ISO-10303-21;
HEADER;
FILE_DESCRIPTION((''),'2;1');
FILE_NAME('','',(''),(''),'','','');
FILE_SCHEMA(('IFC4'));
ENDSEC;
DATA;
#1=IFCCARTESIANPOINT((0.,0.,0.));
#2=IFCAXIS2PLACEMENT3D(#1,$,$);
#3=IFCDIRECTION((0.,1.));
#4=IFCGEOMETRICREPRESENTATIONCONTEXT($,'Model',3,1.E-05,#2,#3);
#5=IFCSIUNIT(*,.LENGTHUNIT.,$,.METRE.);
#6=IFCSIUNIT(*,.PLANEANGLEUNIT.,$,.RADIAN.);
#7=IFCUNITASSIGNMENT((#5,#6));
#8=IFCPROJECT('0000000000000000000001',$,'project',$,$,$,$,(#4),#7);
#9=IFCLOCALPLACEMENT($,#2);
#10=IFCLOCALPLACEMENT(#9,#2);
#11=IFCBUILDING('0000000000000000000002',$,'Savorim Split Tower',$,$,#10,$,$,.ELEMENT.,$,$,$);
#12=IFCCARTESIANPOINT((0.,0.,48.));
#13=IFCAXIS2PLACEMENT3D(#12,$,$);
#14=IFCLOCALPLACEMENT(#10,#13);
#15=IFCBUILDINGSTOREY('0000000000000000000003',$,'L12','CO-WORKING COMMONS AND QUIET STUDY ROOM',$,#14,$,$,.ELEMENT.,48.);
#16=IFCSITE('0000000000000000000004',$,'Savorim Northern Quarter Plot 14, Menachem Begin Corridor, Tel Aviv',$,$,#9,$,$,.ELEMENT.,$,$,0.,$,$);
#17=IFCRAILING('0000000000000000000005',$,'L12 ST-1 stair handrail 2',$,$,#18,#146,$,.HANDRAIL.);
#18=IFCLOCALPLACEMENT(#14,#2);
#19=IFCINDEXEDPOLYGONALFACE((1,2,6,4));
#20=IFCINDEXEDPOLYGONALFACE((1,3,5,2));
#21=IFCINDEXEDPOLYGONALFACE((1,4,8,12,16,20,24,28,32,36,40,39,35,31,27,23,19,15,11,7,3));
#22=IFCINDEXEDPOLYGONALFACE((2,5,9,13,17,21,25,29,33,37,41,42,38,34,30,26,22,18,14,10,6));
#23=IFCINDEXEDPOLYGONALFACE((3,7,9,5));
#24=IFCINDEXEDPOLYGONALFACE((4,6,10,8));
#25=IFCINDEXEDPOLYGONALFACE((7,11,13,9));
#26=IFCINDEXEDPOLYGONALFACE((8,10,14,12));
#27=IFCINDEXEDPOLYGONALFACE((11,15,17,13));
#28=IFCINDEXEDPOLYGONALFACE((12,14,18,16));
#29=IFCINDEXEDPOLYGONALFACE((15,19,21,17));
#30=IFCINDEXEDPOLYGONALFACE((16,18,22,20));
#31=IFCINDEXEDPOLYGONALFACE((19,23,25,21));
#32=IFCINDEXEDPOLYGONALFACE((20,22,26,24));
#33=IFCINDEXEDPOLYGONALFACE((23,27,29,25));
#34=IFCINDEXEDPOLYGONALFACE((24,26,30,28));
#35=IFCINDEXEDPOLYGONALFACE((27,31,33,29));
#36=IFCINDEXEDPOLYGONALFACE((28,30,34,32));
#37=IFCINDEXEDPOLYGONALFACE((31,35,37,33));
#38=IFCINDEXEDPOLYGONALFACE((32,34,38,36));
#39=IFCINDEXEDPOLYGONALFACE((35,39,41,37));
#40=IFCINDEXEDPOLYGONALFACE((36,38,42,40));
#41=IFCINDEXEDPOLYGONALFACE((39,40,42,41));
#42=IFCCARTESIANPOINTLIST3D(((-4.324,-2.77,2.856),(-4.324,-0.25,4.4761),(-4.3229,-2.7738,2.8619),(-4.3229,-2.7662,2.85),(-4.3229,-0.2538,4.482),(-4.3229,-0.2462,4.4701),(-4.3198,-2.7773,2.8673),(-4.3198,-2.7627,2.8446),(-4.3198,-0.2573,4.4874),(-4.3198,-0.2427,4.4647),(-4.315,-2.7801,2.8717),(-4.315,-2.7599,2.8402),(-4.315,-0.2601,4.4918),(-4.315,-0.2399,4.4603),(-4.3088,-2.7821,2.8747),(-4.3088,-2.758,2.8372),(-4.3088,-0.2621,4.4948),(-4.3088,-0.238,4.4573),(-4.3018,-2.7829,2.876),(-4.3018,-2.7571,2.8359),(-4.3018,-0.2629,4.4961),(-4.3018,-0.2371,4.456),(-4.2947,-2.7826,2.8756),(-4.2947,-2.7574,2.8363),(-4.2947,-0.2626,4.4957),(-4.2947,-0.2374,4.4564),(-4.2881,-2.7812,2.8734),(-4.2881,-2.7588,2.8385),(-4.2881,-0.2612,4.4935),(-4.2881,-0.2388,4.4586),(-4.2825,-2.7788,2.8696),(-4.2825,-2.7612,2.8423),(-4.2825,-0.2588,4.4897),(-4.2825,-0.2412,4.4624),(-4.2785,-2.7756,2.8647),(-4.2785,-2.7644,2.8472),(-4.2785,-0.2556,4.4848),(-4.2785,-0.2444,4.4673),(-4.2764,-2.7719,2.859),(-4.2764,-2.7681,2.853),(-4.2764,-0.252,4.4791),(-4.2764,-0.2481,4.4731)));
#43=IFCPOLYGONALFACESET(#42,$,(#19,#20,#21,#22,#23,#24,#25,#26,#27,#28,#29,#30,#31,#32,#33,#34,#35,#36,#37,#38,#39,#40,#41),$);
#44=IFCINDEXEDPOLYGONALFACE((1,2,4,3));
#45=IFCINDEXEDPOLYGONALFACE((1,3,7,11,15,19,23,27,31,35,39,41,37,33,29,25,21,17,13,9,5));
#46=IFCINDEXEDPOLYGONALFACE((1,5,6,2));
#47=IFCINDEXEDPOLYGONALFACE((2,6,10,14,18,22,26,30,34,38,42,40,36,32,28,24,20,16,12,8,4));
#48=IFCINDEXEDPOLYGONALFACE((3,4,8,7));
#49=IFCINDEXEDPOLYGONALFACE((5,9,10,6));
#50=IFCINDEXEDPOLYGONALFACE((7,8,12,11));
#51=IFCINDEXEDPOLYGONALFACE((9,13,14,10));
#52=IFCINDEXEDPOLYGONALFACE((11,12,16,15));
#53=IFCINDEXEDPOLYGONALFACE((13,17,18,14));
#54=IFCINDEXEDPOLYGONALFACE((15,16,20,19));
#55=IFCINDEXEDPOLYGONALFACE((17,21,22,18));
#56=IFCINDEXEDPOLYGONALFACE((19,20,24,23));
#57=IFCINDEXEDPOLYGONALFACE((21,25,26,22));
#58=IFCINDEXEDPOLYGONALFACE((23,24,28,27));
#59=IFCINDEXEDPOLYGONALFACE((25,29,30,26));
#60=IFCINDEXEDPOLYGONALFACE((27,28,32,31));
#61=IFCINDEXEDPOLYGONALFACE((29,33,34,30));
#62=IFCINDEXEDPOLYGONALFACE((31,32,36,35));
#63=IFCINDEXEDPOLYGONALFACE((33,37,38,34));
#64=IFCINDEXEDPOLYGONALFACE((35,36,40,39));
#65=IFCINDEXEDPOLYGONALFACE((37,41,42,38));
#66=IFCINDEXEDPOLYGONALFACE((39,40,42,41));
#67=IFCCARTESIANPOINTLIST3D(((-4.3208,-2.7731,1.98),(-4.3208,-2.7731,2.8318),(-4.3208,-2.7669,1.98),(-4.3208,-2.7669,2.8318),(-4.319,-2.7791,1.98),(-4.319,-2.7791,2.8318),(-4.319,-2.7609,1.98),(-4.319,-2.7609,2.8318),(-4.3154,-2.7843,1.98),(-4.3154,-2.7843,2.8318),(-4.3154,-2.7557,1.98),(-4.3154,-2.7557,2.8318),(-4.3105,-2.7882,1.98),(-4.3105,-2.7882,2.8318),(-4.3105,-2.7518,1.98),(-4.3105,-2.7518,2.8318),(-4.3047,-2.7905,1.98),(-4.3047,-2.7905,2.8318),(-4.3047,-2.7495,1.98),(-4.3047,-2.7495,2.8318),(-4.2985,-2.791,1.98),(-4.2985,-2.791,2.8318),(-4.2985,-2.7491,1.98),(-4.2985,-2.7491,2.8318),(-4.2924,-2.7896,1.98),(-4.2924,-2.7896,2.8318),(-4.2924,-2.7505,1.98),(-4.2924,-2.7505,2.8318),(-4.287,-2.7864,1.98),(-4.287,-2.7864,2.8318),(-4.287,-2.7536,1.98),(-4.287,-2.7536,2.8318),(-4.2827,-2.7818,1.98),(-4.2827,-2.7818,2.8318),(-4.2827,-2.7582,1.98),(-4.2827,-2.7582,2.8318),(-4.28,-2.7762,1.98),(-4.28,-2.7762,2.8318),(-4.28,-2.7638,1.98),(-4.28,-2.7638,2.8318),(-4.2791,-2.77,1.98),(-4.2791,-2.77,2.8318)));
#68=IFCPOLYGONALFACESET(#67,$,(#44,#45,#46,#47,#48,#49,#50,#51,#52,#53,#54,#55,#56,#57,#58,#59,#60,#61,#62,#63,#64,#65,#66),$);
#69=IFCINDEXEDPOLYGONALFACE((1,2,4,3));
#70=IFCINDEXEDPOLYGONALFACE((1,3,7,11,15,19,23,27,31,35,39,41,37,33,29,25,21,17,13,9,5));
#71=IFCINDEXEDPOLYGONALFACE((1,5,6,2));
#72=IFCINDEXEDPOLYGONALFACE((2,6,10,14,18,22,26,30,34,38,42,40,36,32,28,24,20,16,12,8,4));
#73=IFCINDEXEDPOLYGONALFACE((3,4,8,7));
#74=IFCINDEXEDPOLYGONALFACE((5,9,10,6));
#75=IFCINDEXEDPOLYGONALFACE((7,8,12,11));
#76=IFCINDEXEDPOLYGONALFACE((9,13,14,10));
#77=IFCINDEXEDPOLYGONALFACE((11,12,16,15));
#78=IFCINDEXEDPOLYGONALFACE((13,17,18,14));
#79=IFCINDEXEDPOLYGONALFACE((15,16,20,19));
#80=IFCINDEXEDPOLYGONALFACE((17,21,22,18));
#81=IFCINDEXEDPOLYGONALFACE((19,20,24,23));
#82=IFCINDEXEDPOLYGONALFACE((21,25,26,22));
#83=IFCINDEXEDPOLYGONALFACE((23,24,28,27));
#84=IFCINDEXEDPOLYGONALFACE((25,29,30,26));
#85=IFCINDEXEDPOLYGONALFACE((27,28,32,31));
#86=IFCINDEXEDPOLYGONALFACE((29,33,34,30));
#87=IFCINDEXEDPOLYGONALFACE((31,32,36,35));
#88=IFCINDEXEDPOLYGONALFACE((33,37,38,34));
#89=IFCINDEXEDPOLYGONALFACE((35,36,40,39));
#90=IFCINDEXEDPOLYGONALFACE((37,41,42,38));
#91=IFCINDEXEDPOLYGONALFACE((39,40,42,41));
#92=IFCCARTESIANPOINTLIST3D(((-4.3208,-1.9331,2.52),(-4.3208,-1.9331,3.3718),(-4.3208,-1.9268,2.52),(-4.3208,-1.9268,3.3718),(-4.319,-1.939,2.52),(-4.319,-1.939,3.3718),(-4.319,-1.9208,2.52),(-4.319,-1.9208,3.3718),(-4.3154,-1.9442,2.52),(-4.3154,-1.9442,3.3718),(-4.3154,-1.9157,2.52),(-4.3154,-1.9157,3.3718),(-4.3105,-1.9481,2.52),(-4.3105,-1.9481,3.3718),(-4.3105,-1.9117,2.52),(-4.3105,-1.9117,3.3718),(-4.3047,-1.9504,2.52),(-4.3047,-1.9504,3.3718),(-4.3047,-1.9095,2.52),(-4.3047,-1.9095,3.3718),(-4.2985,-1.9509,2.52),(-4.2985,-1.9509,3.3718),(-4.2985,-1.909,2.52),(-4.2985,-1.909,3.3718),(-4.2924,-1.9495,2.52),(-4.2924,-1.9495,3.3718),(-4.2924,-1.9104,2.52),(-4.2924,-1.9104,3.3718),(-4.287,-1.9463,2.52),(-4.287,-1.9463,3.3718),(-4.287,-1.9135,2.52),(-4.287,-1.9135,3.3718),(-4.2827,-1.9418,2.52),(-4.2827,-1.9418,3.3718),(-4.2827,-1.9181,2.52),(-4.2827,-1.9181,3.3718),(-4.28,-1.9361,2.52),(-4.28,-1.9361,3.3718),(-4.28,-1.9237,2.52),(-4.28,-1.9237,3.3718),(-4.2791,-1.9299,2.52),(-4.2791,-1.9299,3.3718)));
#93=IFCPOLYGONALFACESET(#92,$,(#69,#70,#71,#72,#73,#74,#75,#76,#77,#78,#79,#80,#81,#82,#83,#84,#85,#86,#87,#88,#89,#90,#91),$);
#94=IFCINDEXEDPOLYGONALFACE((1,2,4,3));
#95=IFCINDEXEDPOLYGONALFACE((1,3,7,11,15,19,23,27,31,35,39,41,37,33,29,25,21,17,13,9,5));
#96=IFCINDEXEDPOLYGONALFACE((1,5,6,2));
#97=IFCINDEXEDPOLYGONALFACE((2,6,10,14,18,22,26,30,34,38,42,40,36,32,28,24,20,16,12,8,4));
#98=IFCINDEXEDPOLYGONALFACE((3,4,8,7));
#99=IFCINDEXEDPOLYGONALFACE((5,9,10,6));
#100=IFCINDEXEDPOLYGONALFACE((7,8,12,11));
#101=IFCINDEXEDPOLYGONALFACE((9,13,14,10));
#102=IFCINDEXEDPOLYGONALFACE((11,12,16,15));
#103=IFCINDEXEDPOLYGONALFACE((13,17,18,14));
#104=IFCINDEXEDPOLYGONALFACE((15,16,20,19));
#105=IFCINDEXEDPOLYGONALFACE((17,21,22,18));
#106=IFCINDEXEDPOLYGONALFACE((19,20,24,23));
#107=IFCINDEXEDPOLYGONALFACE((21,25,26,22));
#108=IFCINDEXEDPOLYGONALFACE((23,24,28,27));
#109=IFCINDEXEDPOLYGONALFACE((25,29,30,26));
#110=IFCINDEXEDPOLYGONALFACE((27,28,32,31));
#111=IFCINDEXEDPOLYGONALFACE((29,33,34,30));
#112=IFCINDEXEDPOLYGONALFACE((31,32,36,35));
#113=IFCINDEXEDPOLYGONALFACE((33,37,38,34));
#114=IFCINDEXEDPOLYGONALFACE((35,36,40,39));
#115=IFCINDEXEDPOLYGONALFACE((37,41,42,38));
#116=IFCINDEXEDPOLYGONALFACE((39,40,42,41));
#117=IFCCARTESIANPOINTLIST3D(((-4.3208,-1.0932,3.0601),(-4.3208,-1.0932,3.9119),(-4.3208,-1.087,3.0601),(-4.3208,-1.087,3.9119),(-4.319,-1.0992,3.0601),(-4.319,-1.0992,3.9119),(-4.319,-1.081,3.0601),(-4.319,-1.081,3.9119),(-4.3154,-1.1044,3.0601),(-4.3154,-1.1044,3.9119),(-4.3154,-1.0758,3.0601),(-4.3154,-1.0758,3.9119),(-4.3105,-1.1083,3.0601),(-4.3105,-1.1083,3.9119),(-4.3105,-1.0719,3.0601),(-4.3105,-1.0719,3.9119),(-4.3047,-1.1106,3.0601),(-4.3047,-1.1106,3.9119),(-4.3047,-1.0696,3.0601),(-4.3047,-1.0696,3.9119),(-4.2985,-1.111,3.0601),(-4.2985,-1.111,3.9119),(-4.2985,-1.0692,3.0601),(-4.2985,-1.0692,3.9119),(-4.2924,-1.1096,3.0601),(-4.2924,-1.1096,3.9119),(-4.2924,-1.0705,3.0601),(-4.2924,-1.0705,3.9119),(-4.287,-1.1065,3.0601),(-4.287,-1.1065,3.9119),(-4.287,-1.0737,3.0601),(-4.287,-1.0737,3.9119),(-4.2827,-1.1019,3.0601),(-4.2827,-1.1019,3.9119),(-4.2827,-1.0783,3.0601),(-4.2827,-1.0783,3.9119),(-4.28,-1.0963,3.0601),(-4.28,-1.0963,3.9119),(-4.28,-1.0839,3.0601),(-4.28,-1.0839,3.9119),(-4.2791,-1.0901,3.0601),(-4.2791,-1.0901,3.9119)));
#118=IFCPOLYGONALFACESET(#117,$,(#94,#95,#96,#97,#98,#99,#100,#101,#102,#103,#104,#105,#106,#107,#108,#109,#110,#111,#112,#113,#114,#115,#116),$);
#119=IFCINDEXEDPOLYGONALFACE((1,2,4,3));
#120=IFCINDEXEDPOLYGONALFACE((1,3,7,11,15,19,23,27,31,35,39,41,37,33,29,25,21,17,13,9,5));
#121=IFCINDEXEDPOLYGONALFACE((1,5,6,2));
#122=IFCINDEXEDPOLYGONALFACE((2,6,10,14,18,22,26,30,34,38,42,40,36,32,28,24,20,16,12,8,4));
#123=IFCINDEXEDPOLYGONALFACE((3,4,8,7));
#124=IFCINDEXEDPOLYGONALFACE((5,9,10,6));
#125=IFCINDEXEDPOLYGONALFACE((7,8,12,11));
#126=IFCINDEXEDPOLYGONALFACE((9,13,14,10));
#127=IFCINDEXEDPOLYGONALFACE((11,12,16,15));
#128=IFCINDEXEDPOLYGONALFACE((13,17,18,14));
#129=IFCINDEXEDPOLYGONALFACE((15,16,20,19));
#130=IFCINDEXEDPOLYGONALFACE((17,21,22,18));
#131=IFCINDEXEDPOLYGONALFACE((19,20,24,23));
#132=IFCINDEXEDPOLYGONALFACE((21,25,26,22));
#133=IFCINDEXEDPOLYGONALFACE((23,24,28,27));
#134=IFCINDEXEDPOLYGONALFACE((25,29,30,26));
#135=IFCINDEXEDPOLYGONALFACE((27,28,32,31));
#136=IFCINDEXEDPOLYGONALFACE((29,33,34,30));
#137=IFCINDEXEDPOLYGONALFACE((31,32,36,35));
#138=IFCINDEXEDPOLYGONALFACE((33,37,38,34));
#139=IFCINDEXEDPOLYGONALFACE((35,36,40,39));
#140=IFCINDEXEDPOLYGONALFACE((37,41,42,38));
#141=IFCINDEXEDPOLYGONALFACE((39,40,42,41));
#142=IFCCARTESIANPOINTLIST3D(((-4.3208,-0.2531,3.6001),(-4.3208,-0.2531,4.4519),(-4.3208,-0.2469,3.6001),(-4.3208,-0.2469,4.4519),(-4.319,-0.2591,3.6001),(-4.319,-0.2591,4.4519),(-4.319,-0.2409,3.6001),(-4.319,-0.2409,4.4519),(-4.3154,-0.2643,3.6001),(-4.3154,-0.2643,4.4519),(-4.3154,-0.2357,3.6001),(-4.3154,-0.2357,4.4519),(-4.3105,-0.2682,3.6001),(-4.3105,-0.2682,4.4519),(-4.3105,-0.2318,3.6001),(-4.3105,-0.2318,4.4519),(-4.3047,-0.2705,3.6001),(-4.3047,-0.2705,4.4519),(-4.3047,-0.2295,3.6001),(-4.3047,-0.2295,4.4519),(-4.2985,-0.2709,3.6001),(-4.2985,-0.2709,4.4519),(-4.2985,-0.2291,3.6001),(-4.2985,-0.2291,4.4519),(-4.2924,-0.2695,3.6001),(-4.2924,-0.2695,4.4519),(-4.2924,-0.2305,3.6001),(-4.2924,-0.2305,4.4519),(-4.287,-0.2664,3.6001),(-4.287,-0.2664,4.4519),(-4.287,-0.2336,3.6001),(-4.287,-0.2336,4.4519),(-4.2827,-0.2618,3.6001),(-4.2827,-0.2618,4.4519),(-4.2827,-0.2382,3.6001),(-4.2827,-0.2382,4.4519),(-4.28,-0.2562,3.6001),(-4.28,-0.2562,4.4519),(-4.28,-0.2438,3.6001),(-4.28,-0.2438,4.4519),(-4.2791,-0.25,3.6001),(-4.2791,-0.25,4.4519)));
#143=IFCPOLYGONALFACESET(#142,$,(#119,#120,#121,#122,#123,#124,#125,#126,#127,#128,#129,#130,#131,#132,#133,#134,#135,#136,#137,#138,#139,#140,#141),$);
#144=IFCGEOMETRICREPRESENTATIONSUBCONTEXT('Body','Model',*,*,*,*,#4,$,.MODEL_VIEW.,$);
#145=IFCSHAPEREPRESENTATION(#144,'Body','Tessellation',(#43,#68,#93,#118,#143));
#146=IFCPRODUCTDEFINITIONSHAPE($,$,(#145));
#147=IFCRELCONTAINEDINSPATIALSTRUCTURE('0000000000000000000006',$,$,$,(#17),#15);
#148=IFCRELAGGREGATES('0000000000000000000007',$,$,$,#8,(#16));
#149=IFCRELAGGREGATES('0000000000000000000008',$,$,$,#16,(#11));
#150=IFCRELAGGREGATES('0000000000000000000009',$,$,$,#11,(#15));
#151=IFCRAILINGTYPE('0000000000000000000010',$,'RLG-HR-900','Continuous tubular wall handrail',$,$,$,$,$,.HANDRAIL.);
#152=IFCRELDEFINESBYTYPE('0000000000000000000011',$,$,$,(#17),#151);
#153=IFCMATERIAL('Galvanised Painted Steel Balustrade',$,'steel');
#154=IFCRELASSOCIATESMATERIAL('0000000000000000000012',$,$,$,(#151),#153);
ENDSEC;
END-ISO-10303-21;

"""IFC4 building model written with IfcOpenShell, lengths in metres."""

from ifc_helpers import new_model, si_unit, direction, frame, origin, origin_2d, place, context, subcontext, project, spatial, circle, extrude, material, type_object, element, save


model = new_model("IFC4")

# Units and contexts
model_context = context("Model", 3, precision=1e-05, world=origin(), true_north=direction((0.0, 1.0)))
body_context = subcontext(model_context, "Body", "Model", "MODEL_VIEW")
ifc_project = project(units=[si_unit("LENGTHUNIT", "METRE"), si_unit("PLANEANGLEUNIT", "RADIAN")], contexts=[model_context])

# Site, building, storey
site_placement = place(None, origin())
site = spatial("IfcSite", under=ifc_project, at=site_placement, Name="Savorim Northern Quarter Plot 14, Menachem Begin Corridor, Tel Aviv", CompositionType="ELEMENT", RefElevation=0.0)
building_placement = place(site_placement, origin())
building = spatial("IfcBuilding", under=site, at=building_placement, Name="Savorim Split Tower", CompositionType="ELEMENT")
storey_placement = place(building_placement, frame((0.0, 0.0, 48.0)))
storey = spatial("IfcBuildingStorey", under=building, at=storey_placement, Name="L12", Description="CO-WORKING COMMONS AND QUIET STUDY ROOM", CompositionType="ELEMENT", Elevation=48.0)

# Railing
ifc_material_1 = material(Name="Galvanised Painted Steel Balustrade", Category="steel")
railing_type_1 = type_object("IfcRailingType", Name="RLG-HR-900", Description="Continuous tubular wall handrail", PredefinedType="HANDRAIL", material=ifc_material_1)
railing_1_placement = place(storey_placement, frame((-4.3, -2.77, 1.98)))
element("IfcRailing", 1, at=railing_1_placement, inside=storey, type_object=railing_type_1, Name="L12 ST-1 stair handrail 2", PredefinedType="HANDRAIL", context=body_context, shape_type="SweptSolid", body=[
    extrude(circle(Radius=0.0239, at=origin_2d()), frame((0.0, 0.0, 0.876), z_axis=(0.0, 0.841163, 0.540782), x_axis=(-1.0, 0.0, 0.0)), (0.0, 0.0, 1.0), 2.9958),
    extrude(circle(Radius=0.021, at=origin_2d()), origin(), (0.0, 0.0, 1.0), 0.8518),
    extrude(circle(Radius=0.021, at=origin_2d()), frame((0.0, 0.8401, 0.54)), (0.0, 0.0, 1.0), 0.8518),
    extrude(circle(Radius=0.021, at=origin_2d()), frame((0.0, 1.6799, 1.0801)), (0.0, 0.0, 1.0), 0.8518),
    extrude(circle(Radius=0.021, at=origin_2d()), frame((0.0, 2.52, 1.6201)), (0.0, 0.0, 1.0), 0.8518),
])

save(model, "model.ifc")
